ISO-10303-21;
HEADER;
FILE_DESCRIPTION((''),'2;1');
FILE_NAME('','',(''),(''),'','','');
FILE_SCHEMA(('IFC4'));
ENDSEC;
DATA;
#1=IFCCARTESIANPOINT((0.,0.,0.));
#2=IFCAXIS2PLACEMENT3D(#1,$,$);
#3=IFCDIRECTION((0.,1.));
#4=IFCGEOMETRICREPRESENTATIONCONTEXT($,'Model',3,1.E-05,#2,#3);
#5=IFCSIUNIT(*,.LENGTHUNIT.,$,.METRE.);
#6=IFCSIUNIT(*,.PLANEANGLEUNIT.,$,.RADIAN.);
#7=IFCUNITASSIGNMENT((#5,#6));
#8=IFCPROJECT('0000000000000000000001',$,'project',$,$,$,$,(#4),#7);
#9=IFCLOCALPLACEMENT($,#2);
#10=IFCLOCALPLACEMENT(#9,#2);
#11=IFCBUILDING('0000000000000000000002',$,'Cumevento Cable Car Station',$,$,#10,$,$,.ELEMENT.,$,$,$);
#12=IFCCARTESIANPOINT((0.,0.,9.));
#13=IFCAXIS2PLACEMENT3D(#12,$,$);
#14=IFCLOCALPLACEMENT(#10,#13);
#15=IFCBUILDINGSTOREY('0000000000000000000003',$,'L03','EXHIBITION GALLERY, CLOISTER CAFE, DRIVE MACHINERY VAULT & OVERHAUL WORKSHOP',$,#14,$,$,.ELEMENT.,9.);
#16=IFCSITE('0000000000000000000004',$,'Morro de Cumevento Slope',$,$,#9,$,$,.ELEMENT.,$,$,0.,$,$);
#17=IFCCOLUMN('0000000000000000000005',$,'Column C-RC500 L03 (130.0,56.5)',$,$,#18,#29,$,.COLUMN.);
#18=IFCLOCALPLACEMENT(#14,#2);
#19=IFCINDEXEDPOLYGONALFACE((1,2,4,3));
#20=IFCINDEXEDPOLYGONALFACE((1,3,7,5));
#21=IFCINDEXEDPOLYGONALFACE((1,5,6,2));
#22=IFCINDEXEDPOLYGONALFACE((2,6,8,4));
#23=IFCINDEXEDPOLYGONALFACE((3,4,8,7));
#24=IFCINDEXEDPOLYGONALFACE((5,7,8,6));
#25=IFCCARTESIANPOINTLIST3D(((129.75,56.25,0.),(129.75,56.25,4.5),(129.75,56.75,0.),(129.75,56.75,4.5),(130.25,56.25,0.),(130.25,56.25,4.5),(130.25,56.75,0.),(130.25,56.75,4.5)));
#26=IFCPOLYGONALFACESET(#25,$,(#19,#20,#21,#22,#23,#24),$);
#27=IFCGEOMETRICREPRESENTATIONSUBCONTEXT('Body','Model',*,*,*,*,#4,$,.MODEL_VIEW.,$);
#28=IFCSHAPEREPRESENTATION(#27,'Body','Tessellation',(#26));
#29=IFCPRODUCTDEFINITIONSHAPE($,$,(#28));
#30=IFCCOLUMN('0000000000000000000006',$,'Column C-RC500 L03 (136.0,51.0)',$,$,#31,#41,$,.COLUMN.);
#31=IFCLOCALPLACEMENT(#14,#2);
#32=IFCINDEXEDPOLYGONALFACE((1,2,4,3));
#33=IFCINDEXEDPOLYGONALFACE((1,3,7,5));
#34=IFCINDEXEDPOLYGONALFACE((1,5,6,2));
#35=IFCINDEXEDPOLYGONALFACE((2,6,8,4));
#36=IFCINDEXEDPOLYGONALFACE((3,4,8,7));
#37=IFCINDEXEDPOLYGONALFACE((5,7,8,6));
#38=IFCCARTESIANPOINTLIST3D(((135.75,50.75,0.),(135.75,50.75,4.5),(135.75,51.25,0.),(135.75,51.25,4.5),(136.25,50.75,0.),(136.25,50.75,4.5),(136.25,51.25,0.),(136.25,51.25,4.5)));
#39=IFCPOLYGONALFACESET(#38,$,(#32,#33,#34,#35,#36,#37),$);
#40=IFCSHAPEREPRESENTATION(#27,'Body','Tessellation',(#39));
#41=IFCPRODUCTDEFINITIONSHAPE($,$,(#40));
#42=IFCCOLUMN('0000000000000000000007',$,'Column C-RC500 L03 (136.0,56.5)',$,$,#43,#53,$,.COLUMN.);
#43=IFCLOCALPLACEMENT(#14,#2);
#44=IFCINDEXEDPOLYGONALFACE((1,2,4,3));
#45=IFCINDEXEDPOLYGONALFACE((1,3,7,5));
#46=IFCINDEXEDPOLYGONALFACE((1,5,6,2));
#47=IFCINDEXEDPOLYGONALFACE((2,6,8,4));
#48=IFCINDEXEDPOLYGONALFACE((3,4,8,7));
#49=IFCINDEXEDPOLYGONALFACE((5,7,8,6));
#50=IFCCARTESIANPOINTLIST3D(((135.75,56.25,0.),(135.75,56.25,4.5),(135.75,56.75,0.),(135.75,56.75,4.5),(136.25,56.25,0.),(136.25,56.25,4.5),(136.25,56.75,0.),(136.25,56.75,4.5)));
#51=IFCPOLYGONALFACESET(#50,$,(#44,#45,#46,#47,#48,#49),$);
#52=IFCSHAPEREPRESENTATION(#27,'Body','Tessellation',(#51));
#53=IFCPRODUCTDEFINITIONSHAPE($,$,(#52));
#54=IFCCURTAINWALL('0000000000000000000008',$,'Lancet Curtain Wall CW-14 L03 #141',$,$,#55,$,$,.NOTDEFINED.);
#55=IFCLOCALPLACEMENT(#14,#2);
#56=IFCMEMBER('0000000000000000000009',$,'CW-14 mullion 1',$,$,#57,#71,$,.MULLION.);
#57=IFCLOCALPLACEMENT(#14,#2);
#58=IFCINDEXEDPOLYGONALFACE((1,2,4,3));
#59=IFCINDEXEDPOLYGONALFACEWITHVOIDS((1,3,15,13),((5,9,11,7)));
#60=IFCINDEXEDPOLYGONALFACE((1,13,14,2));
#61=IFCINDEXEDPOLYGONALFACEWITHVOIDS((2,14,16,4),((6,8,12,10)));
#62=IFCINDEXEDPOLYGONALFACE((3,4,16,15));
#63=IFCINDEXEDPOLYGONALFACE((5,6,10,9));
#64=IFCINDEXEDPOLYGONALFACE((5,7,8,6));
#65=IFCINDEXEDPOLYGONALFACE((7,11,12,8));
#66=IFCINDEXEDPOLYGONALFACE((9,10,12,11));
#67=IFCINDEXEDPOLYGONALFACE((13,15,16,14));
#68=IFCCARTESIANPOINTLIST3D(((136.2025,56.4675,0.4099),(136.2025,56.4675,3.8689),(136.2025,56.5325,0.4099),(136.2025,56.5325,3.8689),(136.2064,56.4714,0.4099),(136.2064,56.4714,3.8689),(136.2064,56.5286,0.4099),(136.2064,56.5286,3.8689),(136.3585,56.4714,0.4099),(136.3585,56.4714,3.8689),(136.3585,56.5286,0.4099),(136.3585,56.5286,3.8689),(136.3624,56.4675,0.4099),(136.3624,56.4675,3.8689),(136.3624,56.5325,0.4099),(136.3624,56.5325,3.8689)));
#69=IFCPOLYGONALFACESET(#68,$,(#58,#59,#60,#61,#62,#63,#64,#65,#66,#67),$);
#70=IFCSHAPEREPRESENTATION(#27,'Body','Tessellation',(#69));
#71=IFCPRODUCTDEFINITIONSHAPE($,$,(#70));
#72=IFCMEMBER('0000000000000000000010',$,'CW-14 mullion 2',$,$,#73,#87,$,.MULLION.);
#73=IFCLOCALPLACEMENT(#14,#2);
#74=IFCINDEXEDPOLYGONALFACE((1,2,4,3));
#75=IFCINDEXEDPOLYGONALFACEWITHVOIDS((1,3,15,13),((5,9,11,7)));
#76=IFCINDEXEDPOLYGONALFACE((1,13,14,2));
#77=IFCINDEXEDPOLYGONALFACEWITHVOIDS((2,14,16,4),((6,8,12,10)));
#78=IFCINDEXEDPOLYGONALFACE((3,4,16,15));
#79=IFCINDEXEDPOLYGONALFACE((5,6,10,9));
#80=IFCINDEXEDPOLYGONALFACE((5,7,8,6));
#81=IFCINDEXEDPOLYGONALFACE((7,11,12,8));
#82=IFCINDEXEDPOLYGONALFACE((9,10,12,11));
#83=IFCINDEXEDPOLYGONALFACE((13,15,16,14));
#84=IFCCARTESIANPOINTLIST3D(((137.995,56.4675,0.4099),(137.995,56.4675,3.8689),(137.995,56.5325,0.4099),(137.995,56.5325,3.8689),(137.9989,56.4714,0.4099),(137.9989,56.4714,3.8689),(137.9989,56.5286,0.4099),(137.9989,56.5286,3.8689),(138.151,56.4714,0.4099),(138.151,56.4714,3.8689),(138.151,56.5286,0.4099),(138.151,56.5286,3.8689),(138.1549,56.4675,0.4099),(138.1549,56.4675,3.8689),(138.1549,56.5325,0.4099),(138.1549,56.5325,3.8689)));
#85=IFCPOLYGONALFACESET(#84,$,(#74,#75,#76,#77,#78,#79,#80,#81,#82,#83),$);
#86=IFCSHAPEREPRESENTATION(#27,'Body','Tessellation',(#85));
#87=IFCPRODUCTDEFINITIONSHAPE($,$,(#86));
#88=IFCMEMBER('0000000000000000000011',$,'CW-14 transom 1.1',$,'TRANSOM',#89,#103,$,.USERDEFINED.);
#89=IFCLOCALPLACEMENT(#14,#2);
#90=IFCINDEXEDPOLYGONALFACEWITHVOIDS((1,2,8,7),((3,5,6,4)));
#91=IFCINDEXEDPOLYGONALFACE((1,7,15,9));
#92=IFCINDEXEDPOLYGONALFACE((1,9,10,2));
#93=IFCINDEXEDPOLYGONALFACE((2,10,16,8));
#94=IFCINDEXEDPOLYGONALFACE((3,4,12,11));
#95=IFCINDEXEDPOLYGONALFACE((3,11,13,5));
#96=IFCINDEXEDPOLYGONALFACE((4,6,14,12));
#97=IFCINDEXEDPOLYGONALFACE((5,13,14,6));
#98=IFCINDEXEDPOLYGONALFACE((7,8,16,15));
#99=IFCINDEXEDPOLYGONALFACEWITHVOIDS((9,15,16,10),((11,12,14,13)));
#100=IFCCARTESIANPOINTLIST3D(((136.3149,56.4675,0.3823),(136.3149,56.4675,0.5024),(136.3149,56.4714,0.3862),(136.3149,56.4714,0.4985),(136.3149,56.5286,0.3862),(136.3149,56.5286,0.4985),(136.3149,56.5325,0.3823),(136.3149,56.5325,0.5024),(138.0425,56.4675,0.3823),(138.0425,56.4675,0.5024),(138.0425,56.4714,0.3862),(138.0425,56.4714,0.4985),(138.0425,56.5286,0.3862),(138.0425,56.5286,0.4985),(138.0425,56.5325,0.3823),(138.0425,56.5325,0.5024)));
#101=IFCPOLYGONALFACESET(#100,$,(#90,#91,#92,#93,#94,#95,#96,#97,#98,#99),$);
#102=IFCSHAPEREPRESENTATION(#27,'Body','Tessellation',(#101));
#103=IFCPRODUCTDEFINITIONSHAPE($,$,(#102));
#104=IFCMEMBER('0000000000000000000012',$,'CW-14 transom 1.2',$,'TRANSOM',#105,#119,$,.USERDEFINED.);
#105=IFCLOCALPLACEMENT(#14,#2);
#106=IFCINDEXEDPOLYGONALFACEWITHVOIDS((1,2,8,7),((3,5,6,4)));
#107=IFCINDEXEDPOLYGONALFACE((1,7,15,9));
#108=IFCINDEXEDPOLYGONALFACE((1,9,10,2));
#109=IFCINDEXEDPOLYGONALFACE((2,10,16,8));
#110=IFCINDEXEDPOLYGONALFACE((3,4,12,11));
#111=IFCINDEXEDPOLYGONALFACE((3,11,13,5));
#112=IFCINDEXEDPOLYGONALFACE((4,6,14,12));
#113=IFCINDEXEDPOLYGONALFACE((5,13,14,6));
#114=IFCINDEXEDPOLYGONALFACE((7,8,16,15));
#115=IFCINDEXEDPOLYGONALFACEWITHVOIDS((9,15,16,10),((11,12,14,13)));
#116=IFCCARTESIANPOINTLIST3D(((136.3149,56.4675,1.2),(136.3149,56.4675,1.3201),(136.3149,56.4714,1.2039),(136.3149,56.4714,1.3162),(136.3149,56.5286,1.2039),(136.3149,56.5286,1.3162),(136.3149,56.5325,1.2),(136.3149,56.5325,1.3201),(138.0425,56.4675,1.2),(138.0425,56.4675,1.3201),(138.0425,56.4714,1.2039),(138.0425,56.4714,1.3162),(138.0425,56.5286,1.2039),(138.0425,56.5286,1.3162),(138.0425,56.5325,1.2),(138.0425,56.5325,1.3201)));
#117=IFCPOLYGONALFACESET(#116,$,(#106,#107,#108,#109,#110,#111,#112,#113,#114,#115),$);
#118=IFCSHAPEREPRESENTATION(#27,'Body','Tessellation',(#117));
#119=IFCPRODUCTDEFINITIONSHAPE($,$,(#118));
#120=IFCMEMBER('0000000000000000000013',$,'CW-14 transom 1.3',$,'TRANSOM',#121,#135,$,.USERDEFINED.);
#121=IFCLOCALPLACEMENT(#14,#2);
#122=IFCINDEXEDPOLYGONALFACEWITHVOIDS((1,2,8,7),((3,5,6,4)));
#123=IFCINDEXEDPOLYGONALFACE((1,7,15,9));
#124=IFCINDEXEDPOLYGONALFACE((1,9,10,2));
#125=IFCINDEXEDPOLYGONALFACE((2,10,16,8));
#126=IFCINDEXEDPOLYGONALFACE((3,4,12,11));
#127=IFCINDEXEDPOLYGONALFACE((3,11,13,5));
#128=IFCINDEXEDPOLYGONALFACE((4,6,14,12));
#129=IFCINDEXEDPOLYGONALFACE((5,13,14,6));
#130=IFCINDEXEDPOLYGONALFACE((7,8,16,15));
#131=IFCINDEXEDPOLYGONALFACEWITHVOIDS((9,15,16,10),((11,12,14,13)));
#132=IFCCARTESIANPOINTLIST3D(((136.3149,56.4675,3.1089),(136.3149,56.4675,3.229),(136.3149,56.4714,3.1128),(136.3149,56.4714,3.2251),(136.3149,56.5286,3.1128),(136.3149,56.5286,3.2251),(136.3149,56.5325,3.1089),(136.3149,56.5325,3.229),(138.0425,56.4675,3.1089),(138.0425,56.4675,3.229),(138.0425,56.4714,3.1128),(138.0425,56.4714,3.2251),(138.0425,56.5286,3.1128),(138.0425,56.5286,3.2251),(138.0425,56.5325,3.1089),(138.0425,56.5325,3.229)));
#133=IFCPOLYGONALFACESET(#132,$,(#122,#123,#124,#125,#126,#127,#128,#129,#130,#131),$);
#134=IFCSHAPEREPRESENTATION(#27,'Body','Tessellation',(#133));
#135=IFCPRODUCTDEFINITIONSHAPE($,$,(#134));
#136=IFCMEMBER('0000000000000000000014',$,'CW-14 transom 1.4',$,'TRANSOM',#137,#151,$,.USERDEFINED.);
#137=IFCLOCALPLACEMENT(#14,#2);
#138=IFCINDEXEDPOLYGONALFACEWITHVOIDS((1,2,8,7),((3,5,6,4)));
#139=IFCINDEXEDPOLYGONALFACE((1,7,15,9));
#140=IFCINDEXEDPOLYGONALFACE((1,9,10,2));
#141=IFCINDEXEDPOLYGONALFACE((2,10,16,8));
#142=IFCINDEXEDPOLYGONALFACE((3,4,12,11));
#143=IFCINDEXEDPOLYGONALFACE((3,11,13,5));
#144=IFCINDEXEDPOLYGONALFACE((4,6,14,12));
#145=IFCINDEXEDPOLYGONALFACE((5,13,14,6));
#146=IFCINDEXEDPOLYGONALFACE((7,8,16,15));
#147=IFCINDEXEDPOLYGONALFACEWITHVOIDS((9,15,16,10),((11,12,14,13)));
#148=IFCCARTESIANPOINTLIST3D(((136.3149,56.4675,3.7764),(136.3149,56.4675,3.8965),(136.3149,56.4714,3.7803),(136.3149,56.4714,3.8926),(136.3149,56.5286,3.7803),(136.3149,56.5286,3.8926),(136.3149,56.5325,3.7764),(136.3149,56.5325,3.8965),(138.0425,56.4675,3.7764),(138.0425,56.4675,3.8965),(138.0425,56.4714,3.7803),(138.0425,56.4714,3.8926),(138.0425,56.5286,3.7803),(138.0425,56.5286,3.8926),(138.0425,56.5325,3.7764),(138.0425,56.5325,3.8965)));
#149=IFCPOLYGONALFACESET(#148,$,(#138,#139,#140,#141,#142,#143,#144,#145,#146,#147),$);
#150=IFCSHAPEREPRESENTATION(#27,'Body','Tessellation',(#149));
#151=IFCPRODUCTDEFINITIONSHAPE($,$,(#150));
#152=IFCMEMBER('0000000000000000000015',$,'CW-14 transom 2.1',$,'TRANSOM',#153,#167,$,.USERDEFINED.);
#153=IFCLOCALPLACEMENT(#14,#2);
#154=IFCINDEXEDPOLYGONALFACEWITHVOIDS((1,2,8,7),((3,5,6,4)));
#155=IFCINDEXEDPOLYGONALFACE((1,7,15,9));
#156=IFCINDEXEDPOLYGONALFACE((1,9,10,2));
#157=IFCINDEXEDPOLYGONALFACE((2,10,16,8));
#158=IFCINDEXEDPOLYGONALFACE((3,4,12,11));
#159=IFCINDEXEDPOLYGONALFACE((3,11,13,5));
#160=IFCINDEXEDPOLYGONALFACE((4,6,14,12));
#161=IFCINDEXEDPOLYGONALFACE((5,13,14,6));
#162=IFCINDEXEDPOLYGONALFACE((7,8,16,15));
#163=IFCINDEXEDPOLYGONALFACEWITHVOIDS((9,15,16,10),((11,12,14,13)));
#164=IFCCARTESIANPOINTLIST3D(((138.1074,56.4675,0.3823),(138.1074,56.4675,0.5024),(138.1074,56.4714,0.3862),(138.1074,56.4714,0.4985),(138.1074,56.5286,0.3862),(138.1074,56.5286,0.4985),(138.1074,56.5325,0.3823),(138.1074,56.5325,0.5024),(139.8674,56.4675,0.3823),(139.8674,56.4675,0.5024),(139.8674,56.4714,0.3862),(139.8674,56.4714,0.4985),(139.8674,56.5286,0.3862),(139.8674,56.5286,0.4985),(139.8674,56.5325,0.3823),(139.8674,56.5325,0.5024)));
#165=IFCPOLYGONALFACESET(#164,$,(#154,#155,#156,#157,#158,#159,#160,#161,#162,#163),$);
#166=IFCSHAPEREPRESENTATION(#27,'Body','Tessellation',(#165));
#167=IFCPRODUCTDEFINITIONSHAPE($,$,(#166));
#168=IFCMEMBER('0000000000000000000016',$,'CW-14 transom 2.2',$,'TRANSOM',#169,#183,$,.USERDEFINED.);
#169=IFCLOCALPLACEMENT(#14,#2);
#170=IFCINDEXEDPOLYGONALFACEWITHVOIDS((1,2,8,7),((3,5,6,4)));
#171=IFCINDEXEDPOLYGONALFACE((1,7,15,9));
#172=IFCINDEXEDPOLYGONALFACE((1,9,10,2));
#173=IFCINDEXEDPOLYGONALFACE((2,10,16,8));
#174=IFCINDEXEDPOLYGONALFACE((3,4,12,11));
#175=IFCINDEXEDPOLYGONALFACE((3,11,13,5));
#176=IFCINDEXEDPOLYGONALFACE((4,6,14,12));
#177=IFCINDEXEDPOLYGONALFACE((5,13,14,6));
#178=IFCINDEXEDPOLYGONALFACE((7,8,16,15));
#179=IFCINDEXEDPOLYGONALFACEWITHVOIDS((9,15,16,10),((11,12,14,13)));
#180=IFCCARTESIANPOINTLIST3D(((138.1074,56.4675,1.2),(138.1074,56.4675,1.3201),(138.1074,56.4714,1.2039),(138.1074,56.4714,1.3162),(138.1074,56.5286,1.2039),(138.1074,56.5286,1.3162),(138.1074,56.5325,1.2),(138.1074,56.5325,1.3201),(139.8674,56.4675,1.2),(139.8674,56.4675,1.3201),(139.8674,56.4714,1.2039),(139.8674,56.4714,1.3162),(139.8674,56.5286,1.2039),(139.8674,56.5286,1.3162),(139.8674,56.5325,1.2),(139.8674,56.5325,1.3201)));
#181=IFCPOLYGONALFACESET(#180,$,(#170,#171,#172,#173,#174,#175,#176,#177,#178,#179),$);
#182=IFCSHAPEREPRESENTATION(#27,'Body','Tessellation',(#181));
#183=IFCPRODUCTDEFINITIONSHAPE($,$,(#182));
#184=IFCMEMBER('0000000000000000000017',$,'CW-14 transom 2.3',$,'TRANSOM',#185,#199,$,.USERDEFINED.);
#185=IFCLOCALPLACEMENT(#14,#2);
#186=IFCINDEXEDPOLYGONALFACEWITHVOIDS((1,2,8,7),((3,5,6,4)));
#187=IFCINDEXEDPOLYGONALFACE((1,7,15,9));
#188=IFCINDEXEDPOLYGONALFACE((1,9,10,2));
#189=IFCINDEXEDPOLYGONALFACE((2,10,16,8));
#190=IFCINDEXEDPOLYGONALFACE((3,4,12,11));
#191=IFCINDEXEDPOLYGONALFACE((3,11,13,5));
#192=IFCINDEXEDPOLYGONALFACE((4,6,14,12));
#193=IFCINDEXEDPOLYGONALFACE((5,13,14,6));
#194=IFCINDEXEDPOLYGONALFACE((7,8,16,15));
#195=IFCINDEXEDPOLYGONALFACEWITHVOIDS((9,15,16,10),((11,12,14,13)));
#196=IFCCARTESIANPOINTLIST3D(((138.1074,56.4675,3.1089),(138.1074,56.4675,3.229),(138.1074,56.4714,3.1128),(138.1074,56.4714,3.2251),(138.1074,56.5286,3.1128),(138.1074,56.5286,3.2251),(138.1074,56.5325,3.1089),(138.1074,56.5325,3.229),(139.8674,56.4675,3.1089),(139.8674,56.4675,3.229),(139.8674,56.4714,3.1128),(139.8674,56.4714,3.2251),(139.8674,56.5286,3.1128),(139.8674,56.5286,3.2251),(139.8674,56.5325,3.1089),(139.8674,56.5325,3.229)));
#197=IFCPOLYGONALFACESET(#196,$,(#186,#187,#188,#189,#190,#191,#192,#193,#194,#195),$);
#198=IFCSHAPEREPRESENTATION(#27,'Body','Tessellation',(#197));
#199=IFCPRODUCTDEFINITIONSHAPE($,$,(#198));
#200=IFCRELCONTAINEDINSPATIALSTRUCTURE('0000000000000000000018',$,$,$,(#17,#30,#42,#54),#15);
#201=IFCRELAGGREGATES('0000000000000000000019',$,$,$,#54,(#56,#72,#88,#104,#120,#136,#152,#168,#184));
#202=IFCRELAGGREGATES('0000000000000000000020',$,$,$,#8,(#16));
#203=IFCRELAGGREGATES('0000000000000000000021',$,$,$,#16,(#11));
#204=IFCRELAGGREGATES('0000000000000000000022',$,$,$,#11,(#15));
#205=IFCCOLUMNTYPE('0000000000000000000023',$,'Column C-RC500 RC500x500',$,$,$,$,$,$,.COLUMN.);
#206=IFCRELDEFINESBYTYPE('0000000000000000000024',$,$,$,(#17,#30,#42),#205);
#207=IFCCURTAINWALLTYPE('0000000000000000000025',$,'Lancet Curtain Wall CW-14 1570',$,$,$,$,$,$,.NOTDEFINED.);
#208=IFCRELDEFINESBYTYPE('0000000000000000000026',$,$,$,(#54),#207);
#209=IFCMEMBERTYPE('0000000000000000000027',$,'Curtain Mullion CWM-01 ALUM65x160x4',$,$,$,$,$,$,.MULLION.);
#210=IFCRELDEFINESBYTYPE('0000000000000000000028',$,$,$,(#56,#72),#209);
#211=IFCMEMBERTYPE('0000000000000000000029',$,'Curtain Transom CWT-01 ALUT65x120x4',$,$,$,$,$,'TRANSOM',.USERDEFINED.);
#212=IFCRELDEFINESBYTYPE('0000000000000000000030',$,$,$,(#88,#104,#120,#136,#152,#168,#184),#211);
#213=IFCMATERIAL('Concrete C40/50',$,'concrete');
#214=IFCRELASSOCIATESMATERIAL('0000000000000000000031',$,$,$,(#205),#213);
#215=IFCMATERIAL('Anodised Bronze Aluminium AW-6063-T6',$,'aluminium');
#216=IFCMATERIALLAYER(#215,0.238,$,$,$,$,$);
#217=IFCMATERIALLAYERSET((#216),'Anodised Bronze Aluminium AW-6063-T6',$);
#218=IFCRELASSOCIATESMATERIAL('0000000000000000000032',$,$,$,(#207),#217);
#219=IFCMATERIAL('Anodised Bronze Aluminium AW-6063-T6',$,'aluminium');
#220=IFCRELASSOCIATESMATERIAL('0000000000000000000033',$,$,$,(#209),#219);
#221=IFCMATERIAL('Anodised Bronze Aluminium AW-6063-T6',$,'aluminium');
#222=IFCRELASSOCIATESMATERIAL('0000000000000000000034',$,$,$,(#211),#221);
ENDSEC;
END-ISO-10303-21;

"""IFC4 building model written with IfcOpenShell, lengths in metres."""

from ifc_helpers import new_model, si_unit, direction, frame, origin, origin_2d, place, context, subcontext, project, spatial, rectangle, hollow_rectangle, extrude, material, layer, layer_set, material_profile, profile_set, type_object, element, aggregate, save


model = new_model("IFC4")

# Units and contexts
model_context = context("Model", 3, precision=1e-05, world=origin(), true_north=direction((0.0, 1.0)))
body_context = subcontext(model_context, "Body", "Model", "MODEL_VIEW")
ifc_project = project(units=[si_unit("LENGTHUNIT", "METRE"), si_unit("PLANEANGLEUNIT", "RADIAN")], contexts=[model_context])

# Site, building, storey
site_placement = place(None, origin())
site = spatial("IfcSite", under=ifc_project, at=site_placement, Name="Morro de Cumevento Slope", CompositionType="ELEMENT", RefElevation=0.0)
building_placement = place(site_placement, origin())
building = spatial("IfcBuilding", under=site, at=building_placement, Name="Cumevento Cable Car Station", CompositionType="ELEMENT")
storey_placement = place(building_placement, frame((0.0, 0.0, 9.0)))
storey = spatial("IfcBuildingStorey", under=building, at=storey_placement, Name="L03", Description="EXHIBITION GALLERY, CLOISTER CAFE, DRIVE MACHINERY VAULT & OVERHAUL WORKSHOP", CompositionType="ELEMENT", Elevation=9.0)

# Columns
ifc_material_1 = material(Name="Concrete C40/50", Category="concrete")
ifc_material_profile_1 = material_profile(ifc_material_1, rectangle(XDim=0.5, YDim=0.5, at=origin_2d()), Name="RC500x500")
ifc_profile_set_1 = profile_set([ifc_material_profile_1], Name="Concrete C40/50")
column_type = type_object("IfcColumnType", Name="Column C-RC500 RC500x500", PredefinedType="COLUMN", material=ifc_profile_set_1)
for number, where, z_axis, x_axis, name in (
    (1, (130.0, 56.5, 0.0), (0.0, 0.0, 1.0), (1.0, 0.0, 0.0), "Column C-RC500 L03 (130.0,56.5)"),
    (2, (136.0, 51.0, 0.0), (0.0, 0.0, 1.0), (1.0, 0.0, 0.0), "Column C-RC500 L03 (136.0,51.0)"),
    (3, (136.0, 56.5, 0.0), (0.0, 0.0, 1.0), (1.0, 0.0, 0.0), "Column C-RC500 L03 (136.0,56.5)"),
):
    element("IfcColumn", number, at=place(storey_placement, frame(where, z_axis=z_axis, x_axis=x_axis)), inside=storey, type_object=column_type, Name=name, PredefinedType="COLUMN", context=body_context, shape_type="SweptSolid", body=[
        extrude(rectangle(XDim=0.5, YDim=0.5, at=origin_2d()), origin(), (0.0, 0.0, 1.0), 4.5),
    ])

# Curtain wall, members
ifc_material_2 = material(Name="Anodised Bronze Aluminium AW-6063-T6", Category="aluminium")
ifc_layer_1 = layer(ifc_material_2, 0.238)
ifc_layer_set_1 = layer_set([ifc_layer_1], Name="Anodised Bronze Aluminium AW-6063-T6")
curtain_wall_type = type_object("IfcCurtainWallType", Name="Lancet Curtain Wall CW-14 1570", PredefinedType="NOTDEFINED", material=ifc_layer_set_1)
curtain_wall_placement = place(storey_placement, origin())
curtain_wall = element("IfcCurtainWall", 4, at=curtain_wall_placement, inside=storey, type_object=curtain_wall_type, Name="Lancet Curtain Wall CW-14 L03 #141", PredefinedType="NOTDEFINED")
ifc_material_3 = material(Name="Anodised Bronze Aluminium AW-6063-T6", Category="aluminium")
ifc_material_profile_2 = material_profile(ifc_material_3, hollow_rectangle(XDim=0.0649, YDim=0.1599, WallThickness=0.0039, at=origin_2d()), Name="ALUM65x160x4")
ifc_profile_set_2 = profile_set([ifc_material_profile_2], Name="Anodised Bronze Aluminium AW-6063-T6")
member_type_1 = type_object("IfcMemberType", Name="Curtain Mullion CWM-01 ALUM65x160x4", PredefinedType="MULLION", material=ifc_profile_set_2)
member_1_placement = place(storey_placement, frame((136.2825, 56.5, 0.4099), z_axis=(0.0, 0.0, 1.0), x_axis=(0.0, 1.0, 0.0)))
member_1 = element("IfcMember", 5, at=member_1_placement, type_object=member_type_1, Name="CW-14 mullion 1", PredefinedType="MULLION", context=body_context, shape_type="SweptSolid", body=[
    extrude(hollow_rectangle(XDim=0.0649, YDim=0.1599, WallThickness=0.0039, at=origin_2d()), origin(), (0.0, 0.0, 1.0), 3.459),
])
member_2_placement = place(storey_placement, frame((138.075, 56.5, 0.4099), z_axis=(0.0, 0.0, 1.0), x_axis=(0.0, 1.0, 0.0)))
member_2 = element("IfcMember", 6, at=member_2_placement, type_object=member_type_1, Name="CW-14 mullion 2", PredefinedType="MULLION", context=body_context, shape_type="SweptSolid", body=[
    extrude(hollow_rectangle(XDim=0.0649, YDim=0.1599, WallThickness=0.0039, at=origin_2d()), origin(), (0.0, 0.0, 1.0), 3.459),
])
ifc_material_4 = material(Name="Anodised Bronze Aluminium AW-6063-T6", Category="aluminium")
ifc_material_profile_3 = material_profile(ifc_material_4, hollow_rectangle(XDim=0.0649, YDim=0.1201, WallThickness=0.0039, at=origin_2d()), Name="ALUT65x120x4")
ifc_profile_set_3 = profile_set([ifc_material_profile_3], Name="Anodised Bronze Aluminium AW-6063-T6")
member_type_2 = type_object("IfcMemberType", Name="Curtain Transom CWT-01 ALUT65x120x4", ElementType="TRANSOM", PredefinedType="USERDEFINED", material=ifc_profile_set_3)
member_3_placement = place(storey_placement, frame((136.3149, 56.5, 0.4424), z_axis=(1.0, 0.0, 0.0), x_axis=(0.0, 1.0, 0.0)))
member_3 = element("IfcMember", 7, at=member_3_placement, type_object=member_type_2, Name="CW-14 transom 1.1", ObjectType="TRANSOM", PredefinedType="USERDEFINED", context=body_context, shape_type="SweptSolid", body=[
    extrude(hollow_rectangle(XDim=0.0649, YDim=0.1201, WallThickness=0.0039, at=origin_2d()), origin(), (0.0, 0.0, 1.0), 1.7275),
])
member_4_placement = place(storey_placement, frame((136.3149, 56.5, 1.26), z_axis=(1.0, 0.0, 0.0), x_axis=(0.0, 1.0, 0.0)))
member_4 = element("IfcMember", 8, at=member_4_placement, type_object=member_type_2, Name="CW-14 transom 1.2", ObjectType="TRANSOM", PredefinedType="USERDEFINED", context=body_context, shape_type="SweptSolid", body=[
    extrude(hollow_rectangle(XDim=0.0649, YDim=0.1201, WallThickness=0.0039, at=origin_2d()), origin(), (0.0, 0.0, 1.0), 1.7275),
])
member_5_placement = place(storey_placement, frame((136.3149, 56.5, 3.1689), z_axis=(1.0, 0.0, 0.0), x_axis=(0.0, 1.0, 0.0)))
member_5 = element("IfcMember", 9, at=member_5_placement, type_object=member_type_2, Name="CW-14 transom 1.3", ObjectType="TRANSOM", PredefinedType="USERDEFINED", context=body_context, shape_type="SweptSolid", body=[
    extrude(hollow_rectangle(XDim=0.0649, YDim=0.1201, WallThickness=0.0039, at=origin_2d()), origin(), (0.0, 0.0, 1.0), 1.7275),
])
member_6_placement = place(storey_placement, frame((136.3149, 56.5, 3.8364), z_axis=(1.0, 0.0, 0.0), x_axis=(0.0, 1.0, 0.0)))
member_6 = element("IfcMember", 10, at=member_6_placement, type_object=member_type_2, Name="CW-14 transom 1.4", ObjectType="TRANSOM", PredefinedType="USERDEFINED", context=body_context, shape_type="SweptSolid", body=[
    extrude(hollow_rectangle(XDim=0.0649, YDim=0.1201, WallThickness=0.0039, at=origin_2d()), origin(), (0.0, 0.0, 1.0), 1.7275),
])
member_7_placement = place(storey_placement, frame((138.1074, 56.5, 0.4424), z_axis=(1.0, 0.0, 0.0), x_axis=(0.0, 1.0, 0.0)))
member_7 = element("IfcMember", 11, at=member_7_placement, type_object=member_type_2, Name="CW-14 transom 2.1", ObjectType="TRANSOM", PredefinedType="USERDEFINED", context=body_context, shape_type="SweptSolid", body=[
    extrude(hollow_rectangle(XDim=0.0649, YDim=0.1201, WallThickness=0.0039, at=origin_2d()), origin(), (0.0, 0.0, 1.0), 1.76),
])
member_8_placement = place(storey_placement, frame((138.1074, 56.5, 1.26), z_axis=(1.0, 0.0, 0.0), x_axis=(0.0, 1.0, 0.0)))
member_8 = element("IfcMember", 12, at=member_8_placement, type_object=member_type_2, Name="CW-14 transom 2.2", ObjectType="TRANSOM", PredefinedType="USERDEFINED", context=body_context, shape_type="SweptSolid", body=[
    extrude(hollow_rectangle(XDim=0.0649, YDim=0.1201, WallThickness=0.0039, at=origin_2d()), origin(), (0.0, 0.0, 1.0), 1.76),
])
member_9_placement = place(storey_placement, frame((138.1074, 56.5, 3.1689), z_axis=(1.0, 0.0, 0.0), x_axis=(0.0, 1.0, 0.0)))
member_9 = element("IfcMember", 13, at=member_9_placement, type_object=member_type_2, Name="CW-14 transom 2.3", ObjectType="TRANSOM", PredefinedType="USERDEFINED", context=body_context, shape_type="SweptSolid", body=[
    extrude(hollow_rectangle(XDim=0.0649, YDim=0.1201, WallThickness=0.0039, at=origin_2d()), origin(), (0.0, 0.0, 1.0), 1.76),
])

aggregate(curtain_wall, [member_1, member_2, member_3, member_4, member_5, member_6, member_7, member_8, member_9])

save(model, "model.ifc")
